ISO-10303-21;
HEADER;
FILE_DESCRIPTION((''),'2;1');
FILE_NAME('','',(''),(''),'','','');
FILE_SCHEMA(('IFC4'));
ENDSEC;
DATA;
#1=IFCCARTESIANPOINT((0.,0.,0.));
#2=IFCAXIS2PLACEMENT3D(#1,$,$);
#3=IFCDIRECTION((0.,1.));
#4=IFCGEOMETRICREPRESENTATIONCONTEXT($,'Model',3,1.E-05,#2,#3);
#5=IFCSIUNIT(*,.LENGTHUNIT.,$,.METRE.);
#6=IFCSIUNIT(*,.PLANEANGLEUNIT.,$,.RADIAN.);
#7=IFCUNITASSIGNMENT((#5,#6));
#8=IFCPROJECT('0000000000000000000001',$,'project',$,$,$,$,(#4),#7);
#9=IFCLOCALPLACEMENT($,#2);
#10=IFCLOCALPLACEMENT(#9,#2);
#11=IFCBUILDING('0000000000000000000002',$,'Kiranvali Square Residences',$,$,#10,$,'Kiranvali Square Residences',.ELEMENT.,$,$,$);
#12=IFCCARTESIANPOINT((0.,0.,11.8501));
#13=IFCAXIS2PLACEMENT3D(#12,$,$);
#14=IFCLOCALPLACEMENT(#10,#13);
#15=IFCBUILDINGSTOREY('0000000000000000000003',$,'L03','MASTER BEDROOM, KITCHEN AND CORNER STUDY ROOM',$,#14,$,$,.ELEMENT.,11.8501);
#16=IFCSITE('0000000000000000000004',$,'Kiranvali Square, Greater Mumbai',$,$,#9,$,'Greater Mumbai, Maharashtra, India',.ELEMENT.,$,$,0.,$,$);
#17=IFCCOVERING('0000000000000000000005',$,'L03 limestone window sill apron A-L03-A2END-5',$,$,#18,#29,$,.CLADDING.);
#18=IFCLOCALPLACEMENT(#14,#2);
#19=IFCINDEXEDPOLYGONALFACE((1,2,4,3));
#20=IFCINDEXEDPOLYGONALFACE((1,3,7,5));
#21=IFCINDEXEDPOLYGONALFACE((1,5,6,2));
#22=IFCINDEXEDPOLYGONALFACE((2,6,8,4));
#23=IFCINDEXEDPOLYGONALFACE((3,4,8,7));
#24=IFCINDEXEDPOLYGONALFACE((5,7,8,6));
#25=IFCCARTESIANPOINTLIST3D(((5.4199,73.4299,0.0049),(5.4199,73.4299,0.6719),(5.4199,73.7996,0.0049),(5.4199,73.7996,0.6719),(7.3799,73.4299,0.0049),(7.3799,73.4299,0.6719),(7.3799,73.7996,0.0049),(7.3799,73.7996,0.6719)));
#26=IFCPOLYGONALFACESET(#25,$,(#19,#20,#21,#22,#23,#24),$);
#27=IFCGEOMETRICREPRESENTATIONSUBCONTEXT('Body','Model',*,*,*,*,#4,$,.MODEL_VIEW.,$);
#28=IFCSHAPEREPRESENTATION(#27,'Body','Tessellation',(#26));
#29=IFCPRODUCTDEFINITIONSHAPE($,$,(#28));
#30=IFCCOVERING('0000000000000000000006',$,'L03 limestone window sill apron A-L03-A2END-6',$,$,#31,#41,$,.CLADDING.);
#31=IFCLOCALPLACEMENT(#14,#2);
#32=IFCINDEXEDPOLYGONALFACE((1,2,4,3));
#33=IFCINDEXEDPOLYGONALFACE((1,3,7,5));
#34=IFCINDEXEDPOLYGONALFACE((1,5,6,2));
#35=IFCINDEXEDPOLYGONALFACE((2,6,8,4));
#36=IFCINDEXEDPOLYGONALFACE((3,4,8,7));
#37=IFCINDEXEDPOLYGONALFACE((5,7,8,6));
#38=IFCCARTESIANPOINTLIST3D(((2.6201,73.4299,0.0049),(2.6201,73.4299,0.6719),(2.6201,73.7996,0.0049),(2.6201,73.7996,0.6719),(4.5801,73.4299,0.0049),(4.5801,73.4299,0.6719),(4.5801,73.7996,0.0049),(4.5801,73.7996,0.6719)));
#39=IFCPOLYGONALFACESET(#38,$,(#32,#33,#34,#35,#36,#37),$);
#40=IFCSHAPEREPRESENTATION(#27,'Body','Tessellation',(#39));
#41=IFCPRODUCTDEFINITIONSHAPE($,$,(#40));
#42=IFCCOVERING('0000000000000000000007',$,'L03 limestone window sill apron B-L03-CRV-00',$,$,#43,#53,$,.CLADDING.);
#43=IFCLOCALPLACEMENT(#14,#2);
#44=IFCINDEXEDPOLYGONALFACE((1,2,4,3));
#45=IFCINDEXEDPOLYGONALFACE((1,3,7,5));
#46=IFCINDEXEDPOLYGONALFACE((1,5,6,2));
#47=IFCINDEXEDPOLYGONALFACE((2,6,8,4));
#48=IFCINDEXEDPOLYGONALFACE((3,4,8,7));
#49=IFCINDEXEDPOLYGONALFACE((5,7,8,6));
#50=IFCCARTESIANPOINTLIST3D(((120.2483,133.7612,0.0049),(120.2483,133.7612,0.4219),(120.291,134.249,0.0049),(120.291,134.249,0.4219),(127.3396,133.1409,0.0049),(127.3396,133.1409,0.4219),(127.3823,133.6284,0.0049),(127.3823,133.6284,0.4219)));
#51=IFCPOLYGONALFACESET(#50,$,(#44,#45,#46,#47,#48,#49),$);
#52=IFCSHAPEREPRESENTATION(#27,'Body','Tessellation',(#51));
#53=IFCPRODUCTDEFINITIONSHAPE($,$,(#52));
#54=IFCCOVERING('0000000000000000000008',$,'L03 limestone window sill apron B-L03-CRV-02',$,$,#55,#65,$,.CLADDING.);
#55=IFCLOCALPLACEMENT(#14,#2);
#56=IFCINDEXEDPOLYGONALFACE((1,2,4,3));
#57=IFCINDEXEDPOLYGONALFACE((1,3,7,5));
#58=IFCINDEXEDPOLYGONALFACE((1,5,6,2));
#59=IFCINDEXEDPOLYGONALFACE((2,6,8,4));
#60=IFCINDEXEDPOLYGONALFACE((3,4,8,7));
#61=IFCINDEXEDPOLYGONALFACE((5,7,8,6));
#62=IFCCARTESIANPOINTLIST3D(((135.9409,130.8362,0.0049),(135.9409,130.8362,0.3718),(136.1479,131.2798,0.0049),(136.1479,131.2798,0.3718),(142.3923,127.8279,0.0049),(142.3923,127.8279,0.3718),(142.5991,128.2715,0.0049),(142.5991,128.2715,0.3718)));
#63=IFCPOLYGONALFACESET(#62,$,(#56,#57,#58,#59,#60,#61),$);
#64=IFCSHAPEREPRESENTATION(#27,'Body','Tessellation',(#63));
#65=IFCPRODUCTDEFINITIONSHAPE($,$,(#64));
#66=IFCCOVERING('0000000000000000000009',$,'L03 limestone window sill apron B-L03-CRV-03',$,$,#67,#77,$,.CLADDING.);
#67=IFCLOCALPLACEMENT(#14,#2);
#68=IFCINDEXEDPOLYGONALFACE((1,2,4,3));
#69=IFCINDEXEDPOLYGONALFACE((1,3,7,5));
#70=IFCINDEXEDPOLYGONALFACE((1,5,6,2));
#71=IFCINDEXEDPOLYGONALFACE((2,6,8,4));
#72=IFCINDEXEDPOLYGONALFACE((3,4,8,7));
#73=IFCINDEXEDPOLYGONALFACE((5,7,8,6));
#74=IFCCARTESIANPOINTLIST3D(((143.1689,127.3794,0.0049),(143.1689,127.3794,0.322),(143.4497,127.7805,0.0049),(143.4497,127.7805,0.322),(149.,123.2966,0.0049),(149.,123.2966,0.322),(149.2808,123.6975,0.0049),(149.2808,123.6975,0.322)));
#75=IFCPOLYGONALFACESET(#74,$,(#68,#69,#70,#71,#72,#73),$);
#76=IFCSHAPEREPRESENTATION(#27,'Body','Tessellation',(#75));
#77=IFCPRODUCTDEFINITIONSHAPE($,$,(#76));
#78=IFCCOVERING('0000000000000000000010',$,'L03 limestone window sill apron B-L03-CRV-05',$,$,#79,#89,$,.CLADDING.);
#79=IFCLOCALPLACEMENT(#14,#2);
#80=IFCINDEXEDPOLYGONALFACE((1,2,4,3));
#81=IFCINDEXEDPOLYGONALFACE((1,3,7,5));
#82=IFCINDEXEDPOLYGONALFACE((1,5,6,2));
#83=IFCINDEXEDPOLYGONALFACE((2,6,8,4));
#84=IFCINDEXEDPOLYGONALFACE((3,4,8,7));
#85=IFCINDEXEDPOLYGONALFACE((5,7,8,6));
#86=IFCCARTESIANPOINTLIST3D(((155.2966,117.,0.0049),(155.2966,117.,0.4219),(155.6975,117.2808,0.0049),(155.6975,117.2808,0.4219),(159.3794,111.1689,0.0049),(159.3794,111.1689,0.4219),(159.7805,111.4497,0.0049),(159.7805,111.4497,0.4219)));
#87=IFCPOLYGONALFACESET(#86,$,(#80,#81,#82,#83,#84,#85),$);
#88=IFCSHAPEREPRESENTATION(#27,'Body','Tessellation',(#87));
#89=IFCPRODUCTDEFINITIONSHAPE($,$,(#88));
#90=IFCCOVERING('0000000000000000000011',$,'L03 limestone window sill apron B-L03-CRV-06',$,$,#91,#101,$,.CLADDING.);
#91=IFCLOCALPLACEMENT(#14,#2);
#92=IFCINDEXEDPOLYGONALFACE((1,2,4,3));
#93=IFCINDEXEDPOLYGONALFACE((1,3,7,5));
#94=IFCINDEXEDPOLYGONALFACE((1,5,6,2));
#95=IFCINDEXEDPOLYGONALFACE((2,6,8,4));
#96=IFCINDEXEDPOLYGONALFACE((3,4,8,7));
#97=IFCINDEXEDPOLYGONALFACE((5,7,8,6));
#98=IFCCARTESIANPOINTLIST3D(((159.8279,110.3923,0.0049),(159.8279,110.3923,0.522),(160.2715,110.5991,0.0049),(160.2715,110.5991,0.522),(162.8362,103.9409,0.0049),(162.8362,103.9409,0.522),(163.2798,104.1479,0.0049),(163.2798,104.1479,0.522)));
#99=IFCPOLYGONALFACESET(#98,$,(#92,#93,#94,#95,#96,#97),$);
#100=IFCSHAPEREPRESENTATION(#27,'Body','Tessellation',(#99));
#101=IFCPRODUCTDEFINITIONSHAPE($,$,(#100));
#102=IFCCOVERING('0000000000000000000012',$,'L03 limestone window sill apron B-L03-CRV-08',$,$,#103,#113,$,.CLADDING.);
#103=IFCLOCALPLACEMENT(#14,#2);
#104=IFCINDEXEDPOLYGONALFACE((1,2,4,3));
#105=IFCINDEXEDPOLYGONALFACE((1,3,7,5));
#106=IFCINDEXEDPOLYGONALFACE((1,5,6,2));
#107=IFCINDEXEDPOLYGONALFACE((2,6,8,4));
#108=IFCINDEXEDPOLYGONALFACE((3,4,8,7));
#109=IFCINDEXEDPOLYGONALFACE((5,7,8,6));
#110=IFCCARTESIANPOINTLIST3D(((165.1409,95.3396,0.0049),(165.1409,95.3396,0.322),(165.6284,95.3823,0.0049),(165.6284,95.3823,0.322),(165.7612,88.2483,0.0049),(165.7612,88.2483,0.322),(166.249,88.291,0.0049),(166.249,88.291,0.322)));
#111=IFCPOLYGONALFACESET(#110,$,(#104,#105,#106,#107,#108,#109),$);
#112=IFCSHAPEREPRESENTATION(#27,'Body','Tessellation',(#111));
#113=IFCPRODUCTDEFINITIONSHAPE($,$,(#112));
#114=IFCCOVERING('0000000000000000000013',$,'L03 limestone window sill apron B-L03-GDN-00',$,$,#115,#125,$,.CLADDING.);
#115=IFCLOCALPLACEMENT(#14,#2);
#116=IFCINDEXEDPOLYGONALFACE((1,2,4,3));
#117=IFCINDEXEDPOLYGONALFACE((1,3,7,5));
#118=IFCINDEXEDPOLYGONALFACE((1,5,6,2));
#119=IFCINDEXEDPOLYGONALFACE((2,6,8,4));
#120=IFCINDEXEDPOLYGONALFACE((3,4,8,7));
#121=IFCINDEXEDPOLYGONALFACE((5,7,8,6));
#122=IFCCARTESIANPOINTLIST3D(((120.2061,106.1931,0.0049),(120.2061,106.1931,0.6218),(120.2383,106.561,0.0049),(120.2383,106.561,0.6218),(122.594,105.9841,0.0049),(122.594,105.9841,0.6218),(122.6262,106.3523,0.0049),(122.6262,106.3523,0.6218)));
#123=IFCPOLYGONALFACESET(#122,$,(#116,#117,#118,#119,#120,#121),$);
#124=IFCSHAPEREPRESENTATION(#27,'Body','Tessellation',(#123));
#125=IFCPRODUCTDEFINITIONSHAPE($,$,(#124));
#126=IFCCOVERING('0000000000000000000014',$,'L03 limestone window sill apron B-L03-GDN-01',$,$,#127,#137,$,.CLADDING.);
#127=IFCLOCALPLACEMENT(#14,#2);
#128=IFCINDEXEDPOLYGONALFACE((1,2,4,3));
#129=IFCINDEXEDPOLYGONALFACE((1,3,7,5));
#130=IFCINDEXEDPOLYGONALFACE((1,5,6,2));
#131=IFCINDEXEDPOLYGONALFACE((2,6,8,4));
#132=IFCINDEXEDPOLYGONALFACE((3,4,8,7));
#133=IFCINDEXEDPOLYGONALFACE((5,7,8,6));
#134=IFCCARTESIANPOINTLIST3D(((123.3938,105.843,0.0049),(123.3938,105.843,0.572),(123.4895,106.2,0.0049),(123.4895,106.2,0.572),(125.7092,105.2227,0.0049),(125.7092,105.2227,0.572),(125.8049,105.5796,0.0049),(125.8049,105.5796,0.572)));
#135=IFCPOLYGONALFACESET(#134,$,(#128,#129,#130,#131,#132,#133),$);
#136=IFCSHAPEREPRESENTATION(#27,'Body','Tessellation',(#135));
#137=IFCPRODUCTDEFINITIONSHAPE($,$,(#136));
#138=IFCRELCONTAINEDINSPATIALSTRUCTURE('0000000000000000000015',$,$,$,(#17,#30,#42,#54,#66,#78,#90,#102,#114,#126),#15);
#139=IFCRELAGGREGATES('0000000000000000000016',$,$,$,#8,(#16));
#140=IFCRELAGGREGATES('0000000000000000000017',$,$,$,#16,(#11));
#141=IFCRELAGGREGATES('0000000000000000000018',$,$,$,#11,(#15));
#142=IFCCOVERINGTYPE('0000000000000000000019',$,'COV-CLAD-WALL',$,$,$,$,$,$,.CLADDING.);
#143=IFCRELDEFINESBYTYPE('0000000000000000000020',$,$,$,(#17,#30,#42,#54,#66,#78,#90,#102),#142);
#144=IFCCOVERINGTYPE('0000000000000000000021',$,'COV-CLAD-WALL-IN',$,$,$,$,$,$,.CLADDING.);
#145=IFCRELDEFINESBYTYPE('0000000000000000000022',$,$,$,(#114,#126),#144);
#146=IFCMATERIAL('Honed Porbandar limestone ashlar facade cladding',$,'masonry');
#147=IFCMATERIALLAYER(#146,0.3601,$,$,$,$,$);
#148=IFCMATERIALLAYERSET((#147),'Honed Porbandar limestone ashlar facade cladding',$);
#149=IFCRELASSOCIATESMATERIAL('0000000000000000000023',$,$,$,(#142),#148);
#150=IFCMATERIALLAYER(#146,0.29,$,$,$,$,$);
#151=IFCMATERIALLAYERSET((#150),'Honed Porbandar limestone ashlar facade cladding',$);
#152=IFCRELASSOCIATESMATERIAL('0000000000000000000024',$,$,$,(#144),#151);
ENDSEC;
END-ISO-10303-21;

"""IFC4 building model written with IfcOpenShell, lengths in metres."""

from ifc_helpers import new_model, si_unit, direction, frame, origin, place, context, subcontext, project, spatial, polyline, outline, extrude, material, layer, layer_set, type_object, element, save


model = new_model("IFC4")

# Units and contexts
model_context = context("Model", 3, precision=1e-05, world=origin(), true_north=direction((0.0, 1.0)))
body_context = subcontext(model_context, "Body", "Model", "MODEL_VIEW")
ifc_project = project(units=[si_unit("LENGTHUNIT", "METRE"), si_unit("PLANEANGLEUNIT", "RADIAN")], contexts=[model_context])

# Site, building, storey
site_placement = place(None, origin())
site = spatial("IfcSite", under=ifc_project, at=site_placement, Name="Kiranvali Square, Greater Mumbai", LongName="Greater Mumbai, Maharashtra, India", CompositionType="ELEMENT", RefElevation=0.0)
building_placement = place(site_placement, origin())
building = spatial("IfcBuilding", under=site, at=building_placement, Name="Kiranvali Square Residences", LongName="Kiranvali Square Residences", CompositionType="ELEMENT")
storey_placement = place(building_placement, frame((0.0, 0.0, 11.8501)))
storey = spatial("IfcBuildingStorey", under=building, at=storey_placement, Name="L03", Description="MASTER BEDROOM, KITCHEN AND CORNER STUDY ROOM", CompositionType="ELEMENT", Elevation=11.8501)

# Coverings
ifc_material = material(Name="Honed Porbandar limestone ashlar facade cladding", Category="masonry")
ifc_layer_1 = layer(ifc_material, 0.3601)
ifc_layer_set_1 = layer_set([ifc_layer_1], Name="Honed Porbandar limestone ashlar facade cladding")
covering_type_1 = type_object("IfcCoveringType", Name="COV-CLAD-WALL", PredefinedType="CLADDING", material=ifc_layer_set_1)
covering_1_placement = place(storey_placement, frame((0.0, 0.0, 0.0049)))
element("IfcCovering", 1, at=covering_1_placement, inside=storey, type_object=covering_type_1, Name="L03 limestone window sill apron A-L03-A2END-5", PredefinedType="CLADDING", context=body_context, shape_type="SweptSolid", body=[
    extrude(outline(polyline([(7.3799, 73.7996), (5.4199, 73.7996), (5.4199, 73.4299), (7.3799, 73.4299), (7.3799, 73.7996)])), origin(), (0.0, 0.0, 1.0), 0.667),
])
covering_2_placement = place(storey_placement, frame((0.0, 0.0, 0.0049)))
element("IfcCovering", 2, at=covering_2_placement, inside=storey, type_object=covering_type_1, Name="L03 limestone window sill apron A-L03-A2END-6", PredefinedType="CLADDING", context=body_context, shape_type="SweptSolid", body=[
    extrude(outline(polyline([(4.5801, 73.7996), (2.6201, 73.7996), (2.6201, 73.4299), (4.5801, 73.4299), (4.5801, 73.7996)])), origin(), (0.0, 0.0, 1.0), 0.667),
])
covering_3_placement = place(storey_placement, frame((0.0, 0.0, 0.0049)))
element("IfcCovering", 3, at=covering_3_placement, inside=storey, type_object=covering_type_1, Name="L03 limestone window sill apron B-L03-CRV-00", PredefinedType="CLADDING", context=body_context, shape_type="SweptSolid", body=[
    extrude(outline(polyline([(120.2483, 133.7612), (127.3396, 133.1409), (127.3823, 133.6284), (120.291, 134.249), (120.2483, 133.7612)])), origin(), (0.0, 0.0, 1.0), 0.417),
])
covering_4_placement = place(storey_placement, frame((0.0, 0.0, 0.0049)))
element("IfcCovering", 4, at=covering_4_placement, inside=storey, type_object=covering_type_1, Name="L03 limestone window sill apron B-L03-CRV-02", PredefinedType="CLADDING", context=body_context, shape_type="SweptSolid", body=[
    extrude(outline(polyline([(135.9409, 130.8362), (142.3923, 127.8279), (142.5991, 128.2715), (136.1479, 131.2798), (135.9409, 130.8362)])), origin(), (0.0, 0.0, 1.0), 0.3669),
])
covering_5_placement = place(storey_placement, frame((0.0, 0.0, 0.0049)))
element("IfcCovering", 5, at=covering_5_placement, inside=storey, type_object=covering_type_1, Name="L03 limestone window sill apron B-L03-CRV-03", PredefinedType="CLADDING", context=body_context, shape_type="SweptSolid", body=[
    extrude(outline(polyline([(143.1689, 127.3794), (149.0, 123.2966), (149.2808, 123.6975), (143.4497, 127.7805), (143.1689, 127.3794)])), origin(), (0.0, 0.0, 1.0), 0.3171),
])
covering_6_placement = place(storey_placement, frame((0.0, 0.0, 0.0049)))
element("IfcCovering", 6, at=covering_6_placement, inside=storey, type_object=covering_type_1, Name="L03 limestone window sill apron B-L03-CRV-05", PredefinedType="CLADDING", context=body_context, shape_type="SweptSolid", body=[
    extrude(outline(polyline([(155.2966, 117.0), (159.3794, 111.1689), (159.7805, 111.4497), (155.6975, 117.2808), (155.2966, 117.0)])), origin(), (0.0, 0.0, 1.0), 0.417),
])
covering_7_placement = place(storey_placement, frame((0.0, 0.0, 0.0049)))
element("IfcCovering", 7, at=covering_7_placement, inside=storey, type_object=covering_type_1, Name="L03 limestone window sill apron B-L03-CRV-06", PredefinedType="CLADDING", context=body_context, shape_type="SweptSolid", body=[
    extrude(outline(polyline([(159.8279, 110.3923), (162.8362, 103.9409), (163.2798, 104.1479), (160.2715, 110.5991), (159.8279, 110.3923)])), origin(), (0.0, 0.0, 1.0), 0.5171),
])
covering_8_placement = place(storey_placement, frame((0.0, 0.0, 0.0049)))
element("IfcCovering", 8, at=covering_8_placement, inside=storey, type_object=covering_type_1, Name="L03 limestone window sill apron B-L03-CRV-08", PredefinedType="CLADDING", context=body_context, shape_type="SweptSolid", body=[
    extrude(outline(polyline([(165.1409, 95.3396), (165.7612, 88.2483), (166.249, 88.291), (165.6284, 95.3823), (165.1409, 95.3396)])), origin(), (0.0, 0.0, 1.0), 0.3171),
])
ifc_layer_2 = layer(ifc_material, 0.29)
ifc_layer_set_2 = layer_set([ifc_layer_2], Name="Honed Porbandar limestone ashlar facade cladding")
covering_type_2 = type_object("IfcCoveringType", Name="COV-CLAD-WALL-IN", PredefinedType="CLADDING", material=ifc_layer_set_2)
covering_9_placement = place(storey_placement, frame((0.0, 0.0, 0.0049)))
element("IfcCovering", 9, at=covering_9_placement, inside=storey, type_object=covering_type_2, Name="L03 limestone window sill apron B-L03-GDN-00", PredefinedType="CLADDING", context=body_context, shape_type="SweptSolid", body=[
    extrude(outline(polyline([(120.2061, 106.1931), (122.594, 105.9841), (122.6262, 106.3523), (120.2383, 106.561), (120.2061, 106.1931)])), origin(), (0.0, 0.0, 1.0), 0.6169),
])
covering_10_placement = place(storey_placement, frame((0.0, 0.0, 0.0049)))
element("IfcCovering", 10, at=covering_10_placement, inside=storey, type_object=covering_type_2, Name="L03 limestone window sill apron B-L03-GDN-01", PredefinedType="CLADDING", context=body_context, shape_type="SweptSolid", body=[
    extrude(outline(polyline([(123.3938, 105.843), (125.7092, 105.2227), (125.8049, 105.5796), (123.4895, 106.2), (123.3938, 105.843)])), origin(), (0.0, 0.0, 1.0), 0.5671),
])

save(model, "model.ifc")
